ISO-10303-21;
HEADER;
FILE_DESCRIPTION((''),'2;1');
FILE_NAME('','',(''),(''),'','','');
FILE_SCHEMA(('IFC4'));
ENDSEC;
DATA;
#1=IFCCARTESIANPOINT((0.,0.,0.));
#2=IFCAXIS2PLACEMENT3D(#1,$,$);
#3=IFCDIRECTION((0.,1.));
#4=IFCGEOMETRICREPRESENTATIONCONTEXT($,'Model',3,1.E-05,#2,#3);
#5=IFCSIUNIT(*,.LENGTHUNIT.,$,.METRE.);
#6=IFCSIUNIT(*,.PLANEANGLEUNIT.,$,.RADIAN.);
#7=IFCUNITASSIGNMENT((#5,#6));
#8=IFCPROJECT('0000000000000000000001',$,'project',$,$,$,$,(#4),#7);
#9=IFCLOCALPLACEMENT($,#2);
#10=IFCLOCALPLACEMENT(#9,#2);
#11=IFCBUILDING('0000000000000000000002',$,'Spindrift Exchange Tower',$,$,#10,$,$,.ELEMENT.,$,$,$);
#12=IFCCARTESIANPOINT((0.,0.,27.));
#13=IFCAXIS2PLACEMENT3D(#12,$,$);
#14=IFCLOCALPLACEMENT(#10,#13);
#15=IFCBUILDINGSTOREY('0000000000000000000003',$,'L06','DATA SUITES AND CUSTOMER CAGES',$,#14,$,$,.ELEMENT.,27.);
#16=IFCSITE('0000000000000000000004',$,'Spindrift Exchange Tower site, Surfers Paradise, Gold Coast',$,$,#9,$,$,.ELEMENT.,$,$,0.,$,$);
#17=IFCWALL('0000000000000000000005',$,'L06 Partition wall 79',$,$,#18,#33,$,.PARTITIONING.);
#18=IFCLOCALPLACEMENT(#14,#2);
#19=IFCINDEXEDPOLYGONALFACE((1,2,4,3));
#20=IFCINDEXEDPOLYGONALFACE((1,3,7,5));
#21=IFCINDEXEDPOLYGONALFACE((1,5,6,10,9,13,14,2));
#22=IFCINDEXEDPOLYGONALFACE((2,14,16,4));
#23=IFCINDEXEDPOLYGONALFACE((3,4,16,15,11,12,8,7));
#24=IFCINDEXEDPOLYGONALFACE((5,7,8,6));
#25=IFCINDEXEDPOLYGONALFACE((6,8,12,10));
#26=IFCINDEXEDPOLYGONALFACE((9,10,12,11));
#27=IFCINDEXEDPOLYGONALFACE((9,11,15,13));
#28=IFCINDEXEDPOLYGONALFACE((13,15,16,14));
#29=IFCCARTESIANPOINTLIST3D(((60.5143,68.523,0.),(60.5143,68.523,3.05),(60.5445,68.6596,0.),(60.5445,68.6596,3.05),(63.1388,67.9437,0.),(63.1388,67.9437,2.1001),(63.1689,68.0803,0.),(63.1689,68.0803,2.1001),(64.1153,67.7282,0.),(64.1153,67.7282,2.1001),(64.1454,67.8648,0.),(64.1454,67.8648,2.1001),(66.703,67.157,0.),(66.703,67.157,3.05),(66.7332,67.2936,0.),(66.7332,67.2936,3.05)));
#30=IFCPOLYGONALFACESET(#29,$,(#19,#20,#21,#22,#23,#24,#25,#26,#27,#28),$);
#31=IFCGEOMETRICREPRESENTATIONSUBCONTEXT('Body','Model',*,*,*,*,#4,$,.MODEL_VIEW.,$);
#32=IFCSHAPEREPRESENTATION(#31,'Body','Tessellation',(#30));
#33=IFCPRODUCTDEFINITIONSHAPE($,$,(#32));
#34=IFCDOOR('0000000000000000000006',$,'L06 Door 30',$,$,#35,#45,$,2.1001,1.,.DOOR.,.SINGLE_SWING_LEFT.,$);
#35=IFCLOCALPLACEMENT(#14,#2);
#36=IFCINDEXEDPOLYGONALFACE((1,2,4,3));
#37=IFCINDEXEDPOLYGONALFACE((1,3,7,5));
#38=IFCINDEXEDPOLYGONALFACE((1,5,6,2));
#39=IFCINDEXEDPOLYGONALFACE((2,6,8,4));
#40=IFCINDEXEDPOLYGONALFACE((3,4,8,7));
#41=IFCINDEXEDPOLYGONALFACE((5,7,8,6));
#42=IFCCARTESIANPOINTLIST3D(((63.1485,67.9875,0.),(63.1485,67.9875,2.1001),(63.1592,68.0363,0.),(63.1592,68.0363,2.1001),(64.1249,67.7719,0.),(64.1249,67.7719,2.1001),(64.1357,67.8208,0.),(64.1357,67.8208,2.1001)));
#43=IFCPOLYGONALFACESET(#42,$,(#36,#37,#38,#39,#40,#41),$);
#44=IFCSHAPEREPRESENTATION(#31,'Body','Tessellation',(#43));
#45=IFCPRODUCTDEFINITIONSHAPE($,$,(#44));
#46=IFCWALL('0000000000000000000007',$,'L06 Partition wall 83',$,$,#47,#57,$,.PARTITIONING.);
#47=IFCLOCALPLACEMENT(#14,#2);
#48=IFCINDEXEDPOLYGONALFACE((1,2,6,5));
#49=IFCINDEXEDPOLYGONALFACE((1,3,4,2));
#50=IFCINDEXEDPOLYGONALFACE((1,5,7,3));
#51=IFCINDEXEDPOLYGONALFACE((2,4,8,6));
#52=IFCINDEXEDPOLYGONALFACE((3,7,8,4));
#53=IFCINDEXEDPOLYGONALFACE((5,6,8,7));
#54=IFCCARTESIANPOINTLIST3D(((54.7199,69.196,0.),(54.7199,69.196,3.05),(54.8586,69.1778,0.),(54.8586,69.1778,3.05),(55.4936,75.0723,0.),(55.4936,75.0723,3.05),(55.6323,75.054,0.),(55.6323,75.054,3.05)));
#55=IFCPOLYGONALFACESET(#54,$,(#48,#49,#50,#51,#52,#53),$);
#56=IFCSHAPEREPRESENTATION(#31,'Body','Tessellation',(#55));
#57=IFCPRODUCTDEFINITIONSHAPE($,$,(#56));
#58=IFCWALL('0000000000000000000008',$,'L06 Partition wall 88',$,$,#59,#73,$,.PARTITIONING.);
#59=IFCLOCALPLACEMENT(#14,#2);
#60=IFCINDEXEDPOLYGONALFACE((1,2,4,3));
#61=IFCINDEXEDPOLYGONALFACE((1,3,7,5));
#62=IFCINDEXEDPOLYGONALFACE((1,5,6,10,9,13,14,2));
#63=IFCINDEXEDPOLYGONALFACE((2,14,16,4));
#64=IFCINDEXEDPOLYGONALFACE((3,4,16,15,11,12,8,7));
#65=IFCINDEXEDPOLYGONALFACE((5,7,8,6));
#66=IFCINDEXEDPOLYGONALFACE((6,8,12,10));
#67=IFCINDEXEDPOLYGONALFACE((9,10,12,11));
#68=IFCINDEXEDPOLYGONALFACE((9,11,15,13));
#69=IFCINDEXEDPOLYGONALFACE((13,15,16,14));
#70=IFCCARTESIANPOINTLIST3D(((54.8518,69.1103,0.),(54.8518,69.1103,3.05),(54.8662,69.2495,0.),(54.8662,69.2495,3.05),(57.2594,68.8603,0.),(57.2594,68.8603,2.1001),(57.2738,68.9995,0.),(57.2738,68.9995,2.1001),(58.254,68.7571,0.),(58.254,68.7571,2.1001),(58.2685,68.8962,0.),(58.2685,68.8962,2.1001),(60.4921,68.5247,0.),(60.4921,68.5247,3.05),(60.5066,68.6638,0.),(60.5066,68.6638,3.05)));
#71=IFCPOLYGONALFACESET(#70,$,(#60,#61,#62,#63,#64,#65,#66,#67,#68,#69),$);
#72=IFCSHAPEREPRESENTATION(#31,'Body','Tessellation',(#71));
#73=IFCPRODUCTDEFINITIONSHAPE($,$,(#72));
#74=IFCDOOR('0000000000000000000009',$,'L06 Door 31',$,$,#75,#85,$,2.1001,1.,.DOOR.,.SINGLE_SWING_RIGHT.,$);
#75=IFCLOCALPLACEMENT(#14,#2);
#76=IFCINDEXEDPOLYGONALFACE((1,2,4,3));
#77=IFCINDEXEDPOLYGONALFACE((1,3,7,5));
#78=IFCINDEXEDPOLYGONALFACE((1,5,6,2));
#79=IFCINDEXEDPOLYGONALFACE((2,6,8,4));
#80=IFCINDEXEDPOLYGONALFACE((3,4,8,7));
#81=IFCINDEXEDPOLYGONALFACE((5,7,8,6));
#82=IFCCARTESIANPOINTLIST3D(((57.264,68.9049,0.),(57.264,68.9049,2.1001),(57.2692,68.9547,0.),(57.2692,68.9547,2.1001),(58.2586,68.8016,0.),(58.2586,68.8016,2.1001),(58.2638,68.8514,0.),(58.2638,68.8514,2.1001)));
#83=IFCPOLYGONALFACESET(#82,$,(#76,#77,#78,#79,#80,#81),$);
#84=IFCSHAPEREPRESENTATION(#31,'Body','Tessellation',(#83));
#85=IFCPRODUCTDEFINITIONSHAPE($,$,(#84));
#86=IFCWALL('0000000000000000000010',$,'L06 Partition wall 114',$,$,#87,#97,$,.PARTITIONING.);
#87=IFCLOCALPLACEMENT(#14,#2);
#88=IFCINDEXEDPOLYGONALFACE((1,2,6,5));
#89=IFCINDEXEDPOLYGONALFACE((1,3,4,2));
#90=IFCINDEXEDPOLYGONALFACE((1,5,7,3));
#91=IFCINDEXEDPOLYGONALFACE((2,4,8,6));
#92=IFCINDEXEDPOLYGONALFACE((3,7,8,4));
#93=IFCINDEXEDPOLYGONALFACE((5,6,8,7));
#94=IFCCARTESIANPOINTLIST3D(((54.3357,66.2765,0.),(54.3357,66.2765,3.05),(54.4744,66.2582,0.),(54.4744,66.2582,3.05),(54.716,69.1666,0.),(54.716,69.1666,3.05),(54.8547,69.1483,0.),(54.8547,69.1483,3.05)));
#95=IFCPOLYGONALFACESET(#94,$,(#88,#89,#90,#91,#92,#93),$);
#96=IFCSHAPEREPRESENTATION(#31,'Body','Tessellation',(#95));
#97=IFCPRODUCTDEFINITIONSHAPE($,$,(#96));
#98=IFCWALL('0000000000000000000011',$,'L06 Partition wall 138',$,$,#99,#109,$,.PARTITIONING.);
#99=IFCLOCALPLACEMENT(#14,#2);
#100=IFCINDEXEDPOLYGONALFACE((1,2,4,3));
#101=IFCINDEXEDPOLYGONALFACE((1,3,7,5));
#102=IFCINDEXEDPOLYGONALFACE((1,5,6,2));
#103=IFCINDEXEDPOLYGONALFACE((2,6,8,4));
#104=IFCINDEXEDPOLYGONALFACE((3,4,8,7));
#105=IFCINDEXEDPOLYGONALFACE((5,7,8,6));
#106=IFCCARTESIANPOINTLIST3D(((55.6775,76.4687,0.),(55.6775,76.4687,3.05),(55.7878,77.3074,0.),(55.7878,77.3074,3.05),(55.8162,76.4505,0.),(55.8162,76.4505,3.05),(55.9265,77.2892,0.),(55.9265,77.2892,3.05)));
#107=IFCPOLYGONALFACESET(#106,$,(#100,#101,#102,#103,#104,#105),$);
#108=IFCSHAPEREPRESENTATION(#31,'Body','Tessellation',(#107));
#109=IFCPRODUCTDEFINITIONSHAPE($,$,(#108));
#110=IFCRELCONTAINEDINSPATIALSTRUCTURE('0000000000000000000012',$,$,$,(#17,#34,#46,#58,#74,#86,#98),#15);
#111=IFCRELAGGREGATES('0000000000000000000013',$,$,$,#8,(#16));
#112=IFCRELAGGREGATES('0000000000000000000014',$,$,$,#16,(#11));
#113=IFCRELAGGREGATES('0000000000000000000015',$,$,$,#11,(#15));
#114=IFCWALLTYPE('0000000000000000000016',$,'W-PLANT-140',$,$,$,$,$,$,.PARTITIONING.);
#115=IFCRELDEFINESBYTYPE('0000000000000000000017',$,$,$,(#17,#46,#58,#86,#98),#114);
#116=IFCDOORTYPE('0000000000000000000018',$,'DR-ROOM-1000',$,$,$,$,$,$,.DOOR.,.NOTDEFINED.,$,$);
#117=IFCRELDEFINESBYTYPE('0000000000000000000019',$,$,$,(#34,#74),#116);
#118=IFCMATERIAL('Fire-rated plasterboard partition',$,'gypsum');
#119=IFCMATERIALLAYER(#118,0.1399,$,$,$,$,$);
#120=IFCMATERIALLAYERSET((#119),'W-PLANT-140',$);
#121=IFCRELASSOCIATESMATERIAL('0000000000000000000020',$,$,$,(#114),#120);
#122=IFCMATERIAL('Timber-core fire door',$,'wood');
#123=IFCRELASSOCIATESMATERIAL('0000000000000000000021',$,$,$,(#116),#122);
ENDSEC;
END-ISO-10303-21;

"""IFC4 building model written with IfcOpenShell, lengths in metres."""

from ifc_helpers import new_model, si_unit, direction, frame, frame_2d, origin, place, context, subcontext, project, spatial, rectangle, extrude, source, transform, mapped, material, layer, layer_set, type_object, element, fill, save


model = new_model("IFC4")

# Units and contexts
model_context = context("Model", 3, precision=1e-05, world=origin(), true_north=direction((0.0, 1.0)))
body_context = subcontext(model_context, "Body", "Model", "MODEL_VIEW")
ifc_project = project(units=[si_unit("LENGTHUNIT", "METRE"), si_unit("PLANEANGLEUNIT", "RADIAN")], contexts=[model_context])

# Site, building, storey
site_placement = place(None, origin())
site = spatial("IfcSite", under=ifc_project, at=site_placement, Name="Spindrift Exchange Tower site, Surfers Paradise, Gold Coast", CompositionType="ELEMENT", RefElevation=0.0)
building_placement = place(site_placement, origin())
building = spatial("IfcBuilding", under=site, at=building_placement, Name="Spindrift Exchange Tower", CompositionType="ELEMENT")
storey_placement = place(building_placement, frame((0.0, 0.0, 27.0)))
storey = spatial("IfcBuildingStorey", under=building, at=storey_placement, Name="L06", Description="DATA SUITES AND CUSTOMER CAGES", CompositionType="ELEMENT", Elevation=27.0)

# Shared definitions
ifc_material_1 = material(Name="Fire-rated plasterboard partition", Category="gypsum")

# Wall, opening, door
ifc_layer_1 = layer(ifc_material_1, 0.1399)
ifc_layer_set_1 = layer_set([ifc_layer_1], Name="W-PLANT-140")
wall_type_1 = type_object("IfcWallType", Name="W-PLANT-140", PredefinedType="PARTITIONING", material=ifc_layer_set_1)
ifc_material_2 = material(Name="Timber-core fire door", Category="wood")
door_type = type_object("IfcDoorType", Name="DR-ROOM-1000", OperationType="NOTDEFINED", PredefinedType="DOOR", material=ifc_material_2)
shared_shape_1 = source(origin(), body_context, "Body", "SweptSolid", [
    extrude(rectangle(XDim=1.0, YDim=2.1001, at=frame_2d((0.5, 1.05))), frame((0.0, 0.0249, 0.0), z_axis=(0.0, -1.0, 0.0), x_axis=(1.0, 0.0, 0.0)), (0.0, 0.0, 1.0), 0.05),
])
wall_1_placement = place(storey_placement, frame((60.5293, 68.5913, 0.0), z_axis=(0.0, 0.0, 1.0), x_axis=(0.976497, -0.215531, 0.0)))
wall_1 = element("IfcWall", 1, at=wall_1_placement, inside=storey, type_object=wall_type_1, Name="L06 Partition wall 79", PredefinedType="PARTITIONING", context=body_context, shape_type="SweptSolid", body=[
    extrude(rectangle(XDim=6.3376, YDim=0.1399, at=frame_2d((3.1689, 0.0))), origin(), (0.0, 0.0, 1.0), 3.05),
])
opening_1_placement = place(wall_1_placement, frame((2.6877, 0.0, 0.0)))
opening_1 = element("IfcOpeningElement", 2, at=opening_1_placement, cuts=wall_1, PredefinedType="OPENING", context=body_context, shape_type="SweptSolid", body=[
    extrude(rectangle(XDim=1.0, YDim=2.1001, at=frame_2d((0.5, 1.05))), frame((0.0, 0.0798, 0.0), z_axis=(0.0, -1.0, 0.0), x_axis=(1.0, 0.0, 0.0)), (0.0, 0.0, 1.0), 0.1599),
])
door_1_placement = place(opening_1_placement, origin())
door_1 = element("IfcDoor", 3, at=door_1_placement, inside=storey, type_object=door_type, Name="L06 Door 30", OperationType="SINGLE_SWING_LEFT", OverallHeight=2.1001, OverallWidth=1.0, PredefinedType="DOOR", context=body_context, shape_type="MappedRepresentation", body=[
    mapped(shared_shape_1, transform((0.0, 0.0, 0.0), scale=1.0)),
])
fill(opening_1, door_1)

# Wall
wall_2_placement = place(storey_placement, frame((54.7893, 69.187, 0.0), z_axis=(0.0, 0.0, 1.0), x_axis=(0.130537, 0.991443, 0.0)))
element("IfcWall", 4, at=wall_2_placement, inside=storey, type_object=wall_type_1, Name="L06 Partition wall 83", PredefinedType="PARTITIONING", context=body_context, shape_type="SweptSolid", body=[
    extrude(rectangle(XDim=5.927, YDim=0.1399, at=frame_2d((2.9634, 0.0))), origin(), (0.0, 0.0, 1.0), 3.05),
])

# Wall, opening, door
wall_3_placement = place(storey_placement, frame((54.8589, 69.1799, 0.0), z_axis=(0.0, 0.0, 1.0), x_axis=(0.994652, -0.103284, 0.0)))
wall_3 = element("IfcWall", 5, at=wall_3_placement, inside=storey, type_object=wall_type_1, Name="L06 Partition wall 88", PredefinedType="PARTITIONING", context=body_context, shape_type="SweptSolid", body=[
    extrude(rectangle(XDim=5.6707, YDim=0.1399, at=frame_2d((2.8354, 0.0))), origin(), (0.0, 0.0, 1.0), 3.05),
])
opening_2_placement = place(wall_3_placement, frame((2.4207, 0.0, 0.0)))
opening_2 = element("IfcOpeningElement", 6, at=opening_2_placement, cuts=wall_3, PredefinedType="OPENING", context=body_context, shape_type="SweptSolid", body=[
    extrude(rectangle(XDim=1.0, YDim=2.1001, at=frame_2d((0.5, 1.05))), frame((0.0, 0.0798, 0.0), z_axis=(0.0, -1.0, 0.0), x_axis=(1.0, 0.0, 0.0)), (0.0, 0.0, 1.0), 0.1599),
])
door_2_placement = place(opening_2_placement, origin())
door_2 = element("IfcDoor", 7, at=door_2_placement, inside=storey, type_object=door_type, Name="L06 Door 31", OperationType="SINGLE_SWING_RIGHT", OverallHeight=2.1001, OverallWidth=1.0, PredefinedType="DOOR", context=body_context, shape_type="MappedRepresentation", body=[
    mapped(shared_shape_1, transform((0.0, 0.0, 0.0), scale=1.0)),
])
fill(opening_2, door_2)

# Walls
wall_4_placement = place(storey_placement, frame((54.405, 66.2673, 0.0), z_axis=(0.0, 0.0, 1.0), x_axis=(0.130485, 0.99145, 0.0)))
element("IfcWall", 8, at=wall_4_placement, inside=storey, type_object=wall_type_1, Name="L06 Partition wall 114", PredefinedType="PARTITIONING", context=body_context, shape_type="SweptSolid", body=[
    extrude(rectangle(XDim=2.915, YDim=0.1399, at=frame_2d((1.4575, 0.0))), origin(), (0.0, 0.0, 1.0), 3.05),
])
wall_5_placement = place(storey_placement, frame((55.7468, 76.4597, 0.0), z_axis=(0.0, 0.0, 1.0), x_axis=(0.130462, 0.991453, 0.0)))
element("IfcWall", 9, at=wall_5_placement, inside=storey, type_object=wall_type_1, Name="L06 Partition wall 138", PredefinedType="PARTITIONING", context=body_context, shape_type="SweptSolid", body=[
    extrude(rectangle(XDim=0.8459, YDim=0.1399, at=frame_2d((0.4229, 0.0))), origin(), (0.0, 0.0, 1.0), 3.05),
])

save(model, "model.ifc")
